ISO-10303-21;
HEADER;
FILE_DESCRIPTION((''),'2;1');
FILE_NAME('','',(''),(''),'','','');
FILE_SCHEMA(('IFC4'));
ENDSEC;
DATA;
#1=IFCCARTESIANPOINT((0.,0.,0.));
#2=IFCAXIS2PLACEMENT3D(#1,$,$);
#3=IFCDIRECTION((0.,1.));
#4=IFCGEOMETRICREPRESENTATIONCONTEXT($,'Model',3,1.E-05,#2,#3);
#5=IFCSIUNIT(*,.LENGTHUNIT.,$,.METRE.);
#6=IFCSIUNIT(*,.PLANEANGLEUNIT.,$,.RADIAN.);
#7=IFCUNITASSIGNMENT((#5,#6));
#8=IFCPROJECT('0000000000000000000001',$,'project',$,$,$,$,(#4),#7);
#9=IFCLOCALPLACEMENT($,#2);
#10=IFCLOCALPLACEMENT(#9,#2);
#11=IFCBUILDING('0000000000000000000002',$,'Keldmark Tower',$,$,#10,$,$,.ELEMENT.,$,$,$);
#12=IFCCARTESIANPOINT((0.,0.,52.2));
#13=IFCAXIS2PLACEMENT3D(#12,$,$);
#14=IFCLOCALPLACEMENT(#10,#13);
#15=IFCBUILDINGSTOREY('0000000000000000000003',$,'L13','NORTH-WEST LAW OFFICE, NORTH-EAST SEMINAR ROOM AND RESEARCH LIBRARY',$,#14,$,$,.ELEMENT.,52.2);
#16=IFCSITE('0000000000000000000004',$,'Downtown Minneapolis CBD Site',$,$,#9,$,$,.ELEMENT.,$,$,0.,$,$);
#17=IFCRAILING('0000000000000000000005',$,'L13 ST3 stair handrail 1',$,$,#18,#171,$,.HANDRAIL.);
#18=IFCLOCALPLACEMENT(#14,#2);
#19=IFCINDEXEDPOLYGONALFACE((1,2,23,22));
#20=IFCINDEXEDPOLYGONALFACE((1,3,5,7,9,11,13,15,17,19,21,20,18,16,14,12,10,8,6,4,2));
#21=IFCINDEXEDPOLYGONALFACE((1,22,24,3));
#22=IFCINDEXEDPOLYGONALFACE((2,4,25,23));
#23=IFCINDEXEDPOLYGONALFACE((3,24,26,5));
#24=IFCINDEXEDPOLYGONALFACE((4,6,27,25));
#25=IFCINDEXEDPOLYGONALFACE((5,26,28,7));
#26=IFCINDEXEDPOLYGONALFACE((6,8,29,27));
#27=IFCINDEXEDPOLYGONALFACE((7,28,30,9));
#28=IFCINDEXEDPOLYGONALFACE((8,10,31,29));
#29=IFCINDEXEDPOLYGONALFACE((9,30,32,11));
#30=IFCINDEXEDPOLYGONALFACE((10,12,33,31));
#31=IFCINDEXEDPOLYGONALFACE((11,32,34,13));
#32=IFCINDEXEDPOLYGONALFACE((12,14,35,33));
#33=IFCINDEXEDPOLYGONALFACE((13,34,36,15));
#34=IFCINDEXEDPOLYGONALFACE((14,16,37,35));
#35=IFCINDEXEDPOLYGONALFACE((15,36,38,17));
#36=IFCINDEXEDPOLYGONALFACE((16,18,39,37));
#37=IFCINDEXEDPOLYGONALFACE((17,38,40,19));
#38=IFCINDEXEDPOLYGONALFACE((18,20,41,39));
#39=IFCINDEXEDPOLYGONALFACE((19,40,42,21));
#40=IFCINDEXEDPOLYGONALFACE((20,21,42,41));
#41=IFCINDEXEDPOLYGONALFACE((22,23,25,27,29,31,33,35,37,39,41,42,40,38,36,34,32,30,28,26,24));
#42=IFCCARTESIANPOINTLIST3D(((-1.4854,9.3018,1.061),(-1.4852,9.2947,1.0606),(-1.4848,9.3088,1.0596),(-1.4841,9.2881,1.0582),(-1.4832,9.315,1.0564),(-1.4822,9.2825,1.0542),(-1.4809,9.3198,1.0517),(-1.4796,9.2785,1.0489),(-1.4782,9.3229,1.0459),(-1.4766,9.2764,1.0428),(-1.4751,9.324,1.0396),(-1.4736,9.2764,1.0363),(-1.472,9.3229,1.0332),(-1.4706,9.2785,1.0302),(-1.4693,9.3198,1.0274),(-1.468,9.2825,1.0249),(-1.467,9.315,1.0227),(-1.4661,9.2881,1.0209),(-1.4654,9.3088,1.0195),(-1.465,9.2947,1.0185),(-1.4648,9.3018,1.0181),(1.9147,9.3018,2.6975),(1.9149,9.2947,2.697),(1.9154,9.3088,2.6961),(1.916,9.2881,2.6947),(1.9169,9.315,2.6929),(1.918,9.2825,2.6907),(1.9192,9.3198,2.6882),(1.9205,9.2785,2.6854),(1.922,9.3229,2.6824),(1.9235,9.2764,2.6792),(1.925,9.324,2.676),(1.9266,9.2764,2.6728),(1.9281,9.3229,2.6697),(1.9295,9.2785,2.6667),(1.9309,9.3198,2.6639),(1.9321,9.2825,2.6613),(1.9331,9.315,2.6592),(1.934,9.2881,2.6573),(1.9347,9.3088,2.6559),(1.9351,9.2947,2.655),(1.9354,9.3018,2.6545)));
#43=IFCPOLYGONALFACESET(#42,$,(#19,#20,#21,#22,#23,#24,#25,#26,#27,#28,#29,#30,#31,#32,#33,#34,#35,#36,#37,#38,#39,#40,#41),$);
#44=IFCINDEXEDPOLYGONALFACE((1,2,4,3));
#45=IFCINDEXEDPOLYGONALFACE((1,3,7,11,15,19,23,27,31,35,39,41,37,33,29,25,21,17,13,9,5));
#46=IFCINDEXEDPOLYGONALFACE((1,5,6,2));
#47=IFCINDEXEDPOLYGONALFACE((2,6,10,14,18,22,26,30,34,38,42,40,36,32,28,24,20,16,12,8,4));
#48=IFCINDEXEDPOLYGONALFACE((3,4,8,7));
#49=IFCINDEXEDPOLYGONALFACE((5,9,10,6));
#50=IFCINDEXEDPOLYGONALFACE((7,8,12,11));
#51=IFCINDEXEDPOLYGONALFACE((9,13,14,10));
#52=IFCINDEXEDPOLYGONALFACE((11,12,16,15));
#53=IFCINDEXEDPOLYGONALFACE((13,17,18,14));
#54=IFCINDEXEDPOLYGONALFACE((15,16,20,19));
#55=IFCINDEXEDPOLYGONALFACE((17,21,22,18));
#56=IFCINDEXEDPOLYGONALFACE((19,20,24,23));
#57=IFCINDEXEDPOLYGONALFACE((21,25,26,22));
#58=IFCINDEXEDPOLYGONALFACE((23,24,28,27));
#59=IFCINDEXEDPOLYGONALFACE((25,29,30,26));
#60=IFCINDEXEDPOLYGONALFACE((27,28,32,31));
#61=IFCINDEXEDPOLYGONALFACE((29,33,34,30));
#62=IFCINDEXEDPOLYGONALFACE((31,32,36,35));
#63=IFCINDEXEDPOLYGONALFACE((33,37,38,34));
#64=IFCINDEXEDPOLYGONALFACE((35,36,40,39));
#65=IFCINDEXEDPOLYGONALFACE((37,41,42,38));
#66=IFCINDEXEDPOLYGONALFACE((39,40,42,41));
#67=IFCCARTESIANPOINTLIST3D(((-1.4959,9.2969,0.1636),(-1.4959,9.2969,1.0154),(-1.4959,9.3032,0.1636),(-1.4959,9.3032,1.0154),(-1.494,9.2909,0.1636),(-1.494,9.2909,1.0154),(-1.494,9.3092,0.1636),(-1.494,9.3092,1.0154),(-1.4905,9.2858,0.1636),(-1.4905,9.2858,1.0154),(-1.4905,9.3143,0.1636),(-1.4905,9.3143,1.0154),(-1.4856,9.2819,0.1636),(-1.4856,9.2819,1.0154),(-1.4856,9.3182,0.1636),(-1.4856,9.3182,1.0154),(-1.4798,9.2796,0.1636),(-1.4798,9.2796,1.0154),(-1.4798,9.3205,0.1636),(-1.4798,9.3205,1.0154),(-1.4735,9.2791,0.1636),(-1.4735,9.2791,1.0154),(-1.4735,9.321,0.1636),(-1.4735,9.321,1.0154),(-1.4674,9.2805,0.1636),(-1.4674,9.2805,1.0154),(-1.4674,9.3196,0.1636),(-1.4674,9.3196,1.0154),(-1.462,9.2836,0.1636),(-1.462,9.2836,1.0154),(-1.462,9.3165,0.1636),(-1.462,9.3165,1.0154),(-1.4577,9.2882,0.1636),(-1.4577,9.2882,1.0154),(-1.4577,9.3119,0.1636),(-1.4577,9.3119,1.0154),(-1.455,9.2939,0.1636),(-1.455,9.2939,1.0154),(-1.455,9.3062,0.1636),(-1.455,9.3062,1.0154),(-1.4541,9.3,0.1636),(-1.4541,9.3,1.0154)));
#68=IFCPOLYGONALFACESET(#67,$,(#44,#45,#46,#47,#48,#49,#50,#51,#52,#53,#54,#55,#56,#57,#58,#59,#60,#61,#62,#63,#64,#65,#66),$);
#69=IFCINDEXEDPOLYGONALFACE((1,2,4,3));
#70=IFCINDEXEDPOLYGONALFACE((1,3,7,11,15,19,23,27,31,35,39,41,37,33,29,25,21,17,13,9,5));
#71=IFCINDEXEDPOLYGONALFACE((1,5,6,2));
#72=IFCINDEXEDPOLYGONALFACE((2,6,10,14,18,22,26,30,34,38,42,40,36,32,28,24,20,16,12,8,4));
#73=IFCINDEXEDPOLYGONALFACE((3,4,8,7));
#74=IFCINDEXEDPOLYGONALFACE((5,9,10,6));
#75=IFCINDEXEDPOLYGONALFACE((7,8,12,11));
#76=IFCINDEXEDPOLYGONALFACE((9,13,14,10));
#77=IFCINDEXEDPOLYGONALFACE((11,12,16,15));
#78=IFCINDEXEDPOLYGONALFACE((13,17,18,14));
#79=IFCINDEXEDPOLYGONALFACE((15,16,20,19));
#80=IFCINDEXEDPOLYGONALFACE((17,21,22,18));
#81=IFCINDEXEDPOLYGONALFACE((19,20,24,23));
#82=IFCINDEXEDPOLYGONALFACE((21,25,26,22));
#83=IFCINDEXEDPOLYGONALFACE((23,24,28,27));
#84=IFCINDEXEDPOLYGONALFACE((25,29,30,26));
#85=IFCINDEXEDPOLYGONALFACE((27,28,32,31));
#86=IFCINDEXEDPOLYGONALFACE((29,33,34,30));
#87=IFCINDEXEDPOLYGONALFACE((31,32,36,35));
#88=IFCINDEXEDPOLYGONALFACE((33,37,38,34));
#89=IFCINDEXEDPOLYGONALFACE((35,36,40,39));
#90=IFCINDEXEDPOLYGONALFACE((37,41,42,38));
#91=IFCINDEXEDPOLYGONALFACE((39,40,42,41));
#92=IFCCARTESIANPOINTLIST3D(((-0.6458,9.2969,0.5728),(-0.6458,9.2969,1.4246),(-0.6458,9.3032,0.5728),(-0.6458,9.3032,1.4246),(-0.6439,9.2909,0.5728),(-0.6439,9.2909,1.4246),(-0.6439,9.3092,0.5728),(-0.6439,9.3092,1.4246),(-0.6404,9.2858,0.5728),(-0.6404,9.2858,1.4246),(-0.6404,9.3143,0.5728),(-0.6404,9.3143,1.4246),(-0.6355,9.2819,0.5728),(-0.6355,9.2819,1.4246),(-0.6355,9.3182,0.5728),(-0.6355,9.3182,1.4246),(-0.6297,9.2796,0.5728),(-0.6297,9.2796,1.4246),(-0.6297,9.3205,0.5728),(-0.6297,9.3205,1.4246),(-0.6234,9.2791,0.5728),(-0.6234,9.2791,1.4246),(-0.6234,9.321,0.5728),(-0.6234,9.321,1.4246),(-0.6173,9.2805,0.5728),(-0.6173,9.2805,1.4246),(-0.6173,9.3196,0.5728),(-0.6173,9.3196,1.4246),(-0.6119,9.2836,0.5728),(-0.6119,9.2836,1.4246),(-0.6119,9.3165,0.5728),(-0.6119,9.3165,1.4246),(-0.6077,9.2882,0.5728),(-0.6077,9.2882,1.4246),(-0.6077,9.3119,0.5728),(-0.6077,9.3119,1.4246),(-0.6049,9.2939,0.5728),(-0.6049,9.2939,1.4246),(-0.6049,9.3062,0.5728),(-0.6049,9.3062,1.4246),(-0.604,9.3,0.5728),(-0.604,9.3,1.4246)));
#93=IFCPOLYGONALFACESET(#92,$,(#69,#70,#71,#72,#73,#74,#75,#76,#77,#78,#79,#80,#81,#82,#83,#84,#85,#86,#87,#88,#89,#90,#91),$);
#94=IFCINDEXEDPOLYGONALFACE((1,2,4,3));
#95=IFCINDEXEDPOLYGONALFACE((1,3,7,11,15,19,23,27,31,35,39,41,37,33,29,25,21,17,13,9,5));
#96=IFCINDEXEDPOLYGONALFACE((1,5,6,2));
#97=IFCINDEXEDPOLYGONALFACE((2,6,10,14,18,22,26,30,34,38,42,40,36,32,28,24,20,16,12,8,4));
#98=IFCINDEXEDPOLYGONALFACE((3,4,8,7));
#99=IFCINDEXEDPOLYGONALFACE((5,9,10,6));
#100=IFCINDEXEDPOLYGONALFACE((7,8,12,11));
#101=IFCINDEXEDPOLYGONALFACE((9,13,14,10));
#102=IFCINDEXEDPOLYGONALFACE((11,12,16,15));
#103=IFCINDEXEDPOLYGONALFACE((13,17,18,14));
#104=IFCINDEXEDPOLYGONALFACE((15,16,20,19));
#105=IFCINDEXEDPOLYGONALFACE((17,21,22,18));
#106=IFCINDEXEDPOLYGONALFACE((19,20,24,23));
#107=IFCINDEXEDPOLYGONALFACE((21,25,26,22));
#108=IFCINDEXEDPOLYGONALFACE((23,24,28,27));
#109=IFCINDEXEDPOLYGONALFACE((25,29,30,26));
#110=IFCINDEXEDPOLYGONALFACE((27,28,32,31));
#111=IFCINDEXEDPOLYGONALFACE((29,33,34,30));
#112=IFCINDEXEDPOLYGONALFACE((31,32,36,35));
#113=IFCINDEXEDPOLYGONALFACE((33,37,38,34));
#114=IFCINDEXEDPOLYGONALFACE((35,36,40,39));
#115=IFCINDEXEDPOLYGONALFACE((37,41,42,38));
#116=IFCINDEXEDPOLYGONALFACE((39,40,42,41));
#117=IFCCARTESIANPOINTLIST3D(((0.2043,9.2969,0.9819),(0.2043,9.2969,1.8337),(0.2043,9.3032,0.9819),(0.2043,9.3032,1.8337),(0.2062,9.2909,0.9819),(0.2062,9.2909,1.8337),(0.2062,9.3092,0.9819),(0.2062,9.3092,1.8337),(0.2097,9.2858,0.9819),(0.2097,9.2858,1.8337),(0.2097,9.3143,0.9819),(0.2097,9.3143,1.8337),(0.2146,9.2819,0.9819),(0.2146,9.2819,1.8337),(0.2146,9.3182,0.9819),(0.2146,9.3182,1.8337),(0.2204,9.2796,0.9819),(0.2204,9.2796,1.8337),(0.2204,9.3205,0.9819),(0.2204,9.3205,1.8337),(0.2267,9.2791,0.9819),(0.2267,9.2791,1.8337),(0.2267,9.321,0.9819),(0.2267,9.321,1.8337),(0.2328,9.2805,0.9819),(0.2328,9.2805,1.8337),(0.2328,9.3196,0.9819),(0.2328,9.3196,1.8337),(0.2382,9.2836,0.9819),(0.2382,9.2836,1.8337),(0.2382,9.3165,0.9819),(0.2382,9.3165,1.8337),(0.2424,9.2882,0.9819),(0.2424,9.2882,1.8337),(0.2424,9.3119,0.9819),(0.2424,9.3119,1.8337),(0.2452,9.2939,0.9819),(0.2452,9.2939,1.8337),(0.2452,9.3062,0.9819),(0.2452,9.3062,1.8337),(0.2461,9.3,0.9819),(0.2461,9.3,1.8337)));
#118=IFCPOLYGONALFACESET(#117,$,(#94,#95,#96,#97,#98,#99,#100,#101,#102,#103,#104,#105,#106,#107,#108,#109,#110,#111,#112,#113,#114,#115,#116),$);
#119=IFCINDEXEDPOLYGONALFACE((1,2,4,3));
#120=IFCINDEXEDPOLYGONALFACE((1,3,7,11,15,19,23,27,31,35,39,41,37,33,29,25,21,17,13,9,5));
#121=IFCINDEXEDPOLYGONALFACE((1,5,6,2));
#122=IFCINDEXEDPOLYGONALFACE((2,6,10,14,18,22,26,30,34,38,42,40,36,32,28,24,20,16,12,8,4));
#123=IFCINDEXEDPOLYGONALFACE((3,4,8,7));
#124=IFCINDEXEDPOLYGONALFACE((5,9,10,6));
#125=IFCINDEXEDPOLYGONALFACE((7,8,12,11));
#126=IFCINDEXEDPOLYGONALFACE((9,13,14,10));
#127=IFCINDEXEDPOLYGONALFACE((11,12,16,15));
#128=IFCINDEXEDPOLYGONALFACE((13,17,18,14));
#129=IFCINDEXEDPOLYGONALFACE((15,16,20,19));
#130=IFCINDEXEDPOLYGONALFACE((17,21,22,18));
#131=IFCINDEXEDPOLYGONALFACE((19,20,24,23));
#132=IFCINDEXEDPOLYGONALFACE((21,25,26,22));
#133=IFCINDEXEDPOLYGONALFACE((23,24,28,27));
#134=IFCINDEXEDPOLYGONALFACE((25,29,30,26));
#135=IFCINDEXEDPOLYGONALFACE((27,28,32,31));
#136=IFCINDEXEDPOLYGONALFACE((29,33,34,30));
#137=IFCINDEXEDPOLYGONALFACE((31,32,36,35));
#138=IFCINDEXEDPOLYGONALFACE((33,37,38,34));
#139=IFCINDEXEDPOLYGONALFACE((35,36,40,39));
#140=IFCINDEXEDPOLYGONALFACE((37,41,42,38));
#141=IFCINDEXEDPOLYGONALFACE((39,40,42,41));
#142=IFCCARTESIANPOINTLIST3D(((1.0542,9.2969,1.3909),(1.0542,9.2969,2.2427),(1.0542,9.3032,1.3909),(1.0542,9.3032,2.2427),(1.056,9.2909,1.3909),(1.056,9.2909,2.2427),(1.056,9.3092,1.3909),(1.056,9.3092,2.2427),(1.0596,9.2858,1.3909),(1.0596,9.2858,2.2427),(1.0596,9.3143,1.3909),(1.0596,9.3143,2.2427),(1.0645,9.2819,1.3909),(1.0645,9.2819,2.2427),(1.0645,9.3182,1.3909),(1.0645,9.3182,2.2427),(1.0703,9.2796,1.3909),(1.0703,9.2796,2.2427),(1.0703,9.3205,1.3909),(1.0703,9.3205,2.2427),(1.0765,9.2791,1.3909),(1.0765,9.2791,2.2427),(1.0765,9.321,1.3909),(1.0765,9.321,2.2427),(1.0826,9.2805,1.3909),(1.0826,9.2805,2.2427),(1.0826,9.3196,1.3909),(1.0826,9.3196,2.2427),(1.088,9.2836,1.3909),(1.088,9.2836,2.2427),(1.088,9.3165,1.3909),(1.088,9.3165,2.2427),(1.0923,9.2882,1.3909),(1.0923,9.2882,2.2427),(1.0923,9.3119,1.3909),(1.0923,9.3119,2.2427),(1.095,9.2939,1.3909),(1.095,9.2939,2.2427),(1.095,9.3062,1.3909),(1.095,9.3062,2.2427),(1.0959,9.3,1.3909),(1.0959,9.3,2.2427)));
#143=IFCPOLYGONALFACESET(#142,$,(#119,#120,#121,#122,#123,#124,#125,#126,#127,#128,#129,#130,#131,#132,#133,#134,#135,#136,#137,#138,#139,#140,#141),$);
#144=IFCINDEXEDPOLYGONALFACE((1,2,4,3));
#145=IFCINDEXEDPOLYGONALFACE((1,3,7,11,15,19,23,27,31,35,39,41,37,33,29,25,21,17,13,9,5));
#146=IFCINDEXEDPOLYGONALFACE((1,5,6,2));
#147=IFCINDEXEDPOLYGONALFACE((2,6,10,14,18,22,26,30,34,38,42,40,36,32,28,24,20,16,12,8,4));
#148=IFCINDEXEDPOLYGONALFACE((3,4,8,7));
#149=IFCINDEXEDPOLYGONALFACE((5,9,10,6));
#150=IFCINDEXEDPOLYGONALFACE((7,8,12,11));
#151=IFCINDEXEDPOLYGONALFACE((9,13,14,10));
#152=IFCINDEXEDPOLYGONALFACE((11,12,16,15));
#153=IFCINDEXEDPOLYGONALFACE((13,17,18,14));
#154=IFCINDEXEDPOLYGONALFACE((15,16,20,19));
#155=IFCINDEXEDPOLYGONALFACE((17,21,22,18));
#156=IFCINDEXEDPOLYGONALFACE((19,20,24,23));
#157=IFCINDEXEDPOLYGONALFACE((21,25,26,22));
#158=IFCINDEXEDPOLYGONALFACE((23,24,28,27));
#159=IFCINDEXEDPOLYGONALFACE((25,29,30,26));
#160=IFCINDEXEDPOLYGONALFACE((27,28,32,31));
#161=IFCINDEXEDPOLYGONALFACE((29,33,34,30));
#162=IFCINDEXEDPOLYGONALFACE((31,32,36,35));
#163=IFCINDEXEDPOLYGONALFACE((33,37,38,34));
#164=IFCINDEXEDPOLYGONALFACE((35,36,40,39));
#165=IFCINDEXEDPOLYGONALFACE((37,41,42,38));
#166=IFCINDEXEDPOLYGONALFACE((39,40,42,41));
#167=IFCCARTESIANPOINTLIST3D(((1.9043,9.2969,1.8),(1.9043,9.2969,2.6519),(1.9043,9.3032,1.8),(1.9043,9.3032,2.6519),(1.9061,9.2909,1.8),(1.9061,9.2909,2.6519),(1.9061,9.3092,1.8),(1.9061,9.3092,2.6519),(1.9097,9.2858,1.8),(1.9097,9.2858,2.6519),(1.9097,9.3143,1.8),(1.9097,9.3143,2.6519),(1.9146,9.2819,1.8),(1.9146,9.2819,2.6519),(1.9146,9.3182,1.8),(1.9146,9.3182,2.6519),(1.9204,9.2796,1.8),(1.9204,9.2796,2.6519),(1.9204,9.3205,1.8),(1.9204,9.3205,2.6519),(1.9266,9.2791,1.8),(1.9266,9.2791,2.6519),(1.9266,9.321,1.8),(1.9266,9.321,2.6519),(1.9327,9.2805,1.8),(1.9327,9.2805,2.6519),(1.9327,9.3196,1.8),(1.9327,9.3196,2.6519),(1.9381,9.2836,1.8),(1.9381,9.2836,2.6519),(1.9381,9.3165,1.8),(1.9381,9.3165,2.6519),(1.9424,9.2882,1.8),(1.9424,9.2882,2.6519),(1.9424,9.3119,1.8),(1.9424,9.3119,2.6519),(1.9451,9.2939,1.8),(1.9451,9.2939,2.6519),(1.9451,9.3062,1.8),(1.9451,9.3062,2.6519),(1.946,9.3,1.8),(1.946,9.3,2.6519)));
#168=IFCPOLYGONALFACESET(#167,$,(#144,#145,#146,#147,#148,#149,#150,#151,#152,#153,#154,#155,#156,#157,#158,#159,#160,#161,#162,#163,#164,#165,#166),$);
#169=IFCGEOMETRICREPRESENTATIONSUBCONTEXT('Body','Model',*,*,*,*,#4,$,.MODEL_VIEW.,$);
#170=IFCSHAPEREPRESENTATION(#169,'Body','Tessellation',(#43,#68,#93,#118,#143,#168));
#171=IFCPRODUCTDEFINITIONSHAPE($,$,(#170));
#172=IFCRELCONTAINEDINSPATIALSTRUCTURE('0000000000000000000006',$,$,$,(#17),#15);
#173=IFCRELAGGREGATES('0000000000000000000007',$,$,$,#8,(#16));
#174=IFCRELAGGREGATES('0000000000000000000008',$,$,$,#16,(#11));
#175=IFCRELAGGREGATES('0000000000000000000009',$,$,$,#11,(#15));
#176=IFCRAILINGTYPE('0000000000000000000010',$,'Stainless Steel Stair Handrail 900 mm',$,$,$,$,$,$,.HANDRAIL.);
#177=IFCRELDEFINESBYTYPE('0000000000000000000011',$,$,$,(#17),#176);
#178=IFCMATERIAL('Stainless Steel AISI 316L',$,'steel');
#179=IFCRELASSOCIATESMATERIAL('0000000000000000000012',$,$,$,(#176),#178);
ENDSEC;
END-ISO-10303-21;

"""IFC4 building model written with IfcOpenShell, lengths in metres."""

from ifc_helpers import new_model, si_unit, direction, frame, origin, origin_2d, place, context, subcontext, project, spatial, circle, extrude, material, type_object, element, save


model = new_model("IFC4")

# Units and contexts
model_context = context("Model", 3, precision=1e-05, world=origin(), true_north=direction((0.0, 1.0)))
body_context = subcontext(model_context, "Body", "Model", "MODEL_VIEW")
ifc_project = project(units=[si_unit("LENGTHUNIT", "METRE"), si_unit("PLANEANGLEUNIT", "RADIAN")], contexts=[model_context])

# Site, building, storey
site_placement = place(None, origin())
site = spatial("IfcSite", under=ifc_project, at=site_placement, Name="Downtown Minneapolis CBD Site", CompositionType="ELEMENT", RefElevation=0.0)
building_placement = place(site_placement, origin())
building = spatial("IfcBuilding", under=site, at=building_placement, Name="Keldmark Tower", CompositionType="ELEMENT")
storey_placement = place(building_placement, frame((0.0, 0.0, 52.2)))
storey = spatial("IfcBuildingStorey", under=building, at=storey_placement, Name="L13", Description="NORTH-WEST LAW OFFICE, NORTH-EAST SEMINAR ROOM AND RESEARCH LIBRARY", CompositionType="ELEMENT", Elevation=52.2)

# Railing
ifc_material_1 = material(Name="Stainless Steel AISI 316L", Category="steel")
railing_type_1 = type_object("IfcRailingType", Name="Stainless Steel Stair Handrail 900 mm", PredefinedType="HANDRAIL", material=ifc_material_1)
railing_1_placement = place(storey_placement, frame((-1.4751, 9.3, 0.1636)))
element("IfcRailing", 1, at=railing_1_placement, inside=storey, type_object=railing_type_1, Name="L13 ST3 stair handrail 1", PredefinedType="HANDRAIL", context=body_context, shape_type="SweptSolid", body=[
    extrude(circle(Radius=0.0239, at=origin_2d()), frame((0.0, 0.0, 0.876), z_axis=(0.901067, 0.0, 0.433679), x_axis=(0.0, 1.0, 0.0)), (0.0, 0.0, 1.0), 3.7734),
    extrude(circle(Radius=0.021, at=origin_2d()), origin(), (0.0, 0.0, 1.0), 0.8518),
    extrude(circle(Radius=0.021, at=origin_2d()), frame((0.8501, 0.0, 0.4092)), (0.0, 0.0, 1.0), 0.8518),
    extrude(circle(Radius=0.021, at=origin_2d()), frame((1.7002, 0.0, 0.8184)), (0.0, 0.0, 1.0), 0.8518),
    extrude(circle(Radius=0.021, at=origin_2d()), frame((2.55, 0.0, 1.2273)), (0.0, 0.0, 1.0), 0.8518),
    extrude(circle(Radius=0.021, at=origin_2d()), frame((3.4001, 0.0, 1.6365)), (0.0, 0.0, 1.0), 0.8518),
])

save(model, "model.ifc")
